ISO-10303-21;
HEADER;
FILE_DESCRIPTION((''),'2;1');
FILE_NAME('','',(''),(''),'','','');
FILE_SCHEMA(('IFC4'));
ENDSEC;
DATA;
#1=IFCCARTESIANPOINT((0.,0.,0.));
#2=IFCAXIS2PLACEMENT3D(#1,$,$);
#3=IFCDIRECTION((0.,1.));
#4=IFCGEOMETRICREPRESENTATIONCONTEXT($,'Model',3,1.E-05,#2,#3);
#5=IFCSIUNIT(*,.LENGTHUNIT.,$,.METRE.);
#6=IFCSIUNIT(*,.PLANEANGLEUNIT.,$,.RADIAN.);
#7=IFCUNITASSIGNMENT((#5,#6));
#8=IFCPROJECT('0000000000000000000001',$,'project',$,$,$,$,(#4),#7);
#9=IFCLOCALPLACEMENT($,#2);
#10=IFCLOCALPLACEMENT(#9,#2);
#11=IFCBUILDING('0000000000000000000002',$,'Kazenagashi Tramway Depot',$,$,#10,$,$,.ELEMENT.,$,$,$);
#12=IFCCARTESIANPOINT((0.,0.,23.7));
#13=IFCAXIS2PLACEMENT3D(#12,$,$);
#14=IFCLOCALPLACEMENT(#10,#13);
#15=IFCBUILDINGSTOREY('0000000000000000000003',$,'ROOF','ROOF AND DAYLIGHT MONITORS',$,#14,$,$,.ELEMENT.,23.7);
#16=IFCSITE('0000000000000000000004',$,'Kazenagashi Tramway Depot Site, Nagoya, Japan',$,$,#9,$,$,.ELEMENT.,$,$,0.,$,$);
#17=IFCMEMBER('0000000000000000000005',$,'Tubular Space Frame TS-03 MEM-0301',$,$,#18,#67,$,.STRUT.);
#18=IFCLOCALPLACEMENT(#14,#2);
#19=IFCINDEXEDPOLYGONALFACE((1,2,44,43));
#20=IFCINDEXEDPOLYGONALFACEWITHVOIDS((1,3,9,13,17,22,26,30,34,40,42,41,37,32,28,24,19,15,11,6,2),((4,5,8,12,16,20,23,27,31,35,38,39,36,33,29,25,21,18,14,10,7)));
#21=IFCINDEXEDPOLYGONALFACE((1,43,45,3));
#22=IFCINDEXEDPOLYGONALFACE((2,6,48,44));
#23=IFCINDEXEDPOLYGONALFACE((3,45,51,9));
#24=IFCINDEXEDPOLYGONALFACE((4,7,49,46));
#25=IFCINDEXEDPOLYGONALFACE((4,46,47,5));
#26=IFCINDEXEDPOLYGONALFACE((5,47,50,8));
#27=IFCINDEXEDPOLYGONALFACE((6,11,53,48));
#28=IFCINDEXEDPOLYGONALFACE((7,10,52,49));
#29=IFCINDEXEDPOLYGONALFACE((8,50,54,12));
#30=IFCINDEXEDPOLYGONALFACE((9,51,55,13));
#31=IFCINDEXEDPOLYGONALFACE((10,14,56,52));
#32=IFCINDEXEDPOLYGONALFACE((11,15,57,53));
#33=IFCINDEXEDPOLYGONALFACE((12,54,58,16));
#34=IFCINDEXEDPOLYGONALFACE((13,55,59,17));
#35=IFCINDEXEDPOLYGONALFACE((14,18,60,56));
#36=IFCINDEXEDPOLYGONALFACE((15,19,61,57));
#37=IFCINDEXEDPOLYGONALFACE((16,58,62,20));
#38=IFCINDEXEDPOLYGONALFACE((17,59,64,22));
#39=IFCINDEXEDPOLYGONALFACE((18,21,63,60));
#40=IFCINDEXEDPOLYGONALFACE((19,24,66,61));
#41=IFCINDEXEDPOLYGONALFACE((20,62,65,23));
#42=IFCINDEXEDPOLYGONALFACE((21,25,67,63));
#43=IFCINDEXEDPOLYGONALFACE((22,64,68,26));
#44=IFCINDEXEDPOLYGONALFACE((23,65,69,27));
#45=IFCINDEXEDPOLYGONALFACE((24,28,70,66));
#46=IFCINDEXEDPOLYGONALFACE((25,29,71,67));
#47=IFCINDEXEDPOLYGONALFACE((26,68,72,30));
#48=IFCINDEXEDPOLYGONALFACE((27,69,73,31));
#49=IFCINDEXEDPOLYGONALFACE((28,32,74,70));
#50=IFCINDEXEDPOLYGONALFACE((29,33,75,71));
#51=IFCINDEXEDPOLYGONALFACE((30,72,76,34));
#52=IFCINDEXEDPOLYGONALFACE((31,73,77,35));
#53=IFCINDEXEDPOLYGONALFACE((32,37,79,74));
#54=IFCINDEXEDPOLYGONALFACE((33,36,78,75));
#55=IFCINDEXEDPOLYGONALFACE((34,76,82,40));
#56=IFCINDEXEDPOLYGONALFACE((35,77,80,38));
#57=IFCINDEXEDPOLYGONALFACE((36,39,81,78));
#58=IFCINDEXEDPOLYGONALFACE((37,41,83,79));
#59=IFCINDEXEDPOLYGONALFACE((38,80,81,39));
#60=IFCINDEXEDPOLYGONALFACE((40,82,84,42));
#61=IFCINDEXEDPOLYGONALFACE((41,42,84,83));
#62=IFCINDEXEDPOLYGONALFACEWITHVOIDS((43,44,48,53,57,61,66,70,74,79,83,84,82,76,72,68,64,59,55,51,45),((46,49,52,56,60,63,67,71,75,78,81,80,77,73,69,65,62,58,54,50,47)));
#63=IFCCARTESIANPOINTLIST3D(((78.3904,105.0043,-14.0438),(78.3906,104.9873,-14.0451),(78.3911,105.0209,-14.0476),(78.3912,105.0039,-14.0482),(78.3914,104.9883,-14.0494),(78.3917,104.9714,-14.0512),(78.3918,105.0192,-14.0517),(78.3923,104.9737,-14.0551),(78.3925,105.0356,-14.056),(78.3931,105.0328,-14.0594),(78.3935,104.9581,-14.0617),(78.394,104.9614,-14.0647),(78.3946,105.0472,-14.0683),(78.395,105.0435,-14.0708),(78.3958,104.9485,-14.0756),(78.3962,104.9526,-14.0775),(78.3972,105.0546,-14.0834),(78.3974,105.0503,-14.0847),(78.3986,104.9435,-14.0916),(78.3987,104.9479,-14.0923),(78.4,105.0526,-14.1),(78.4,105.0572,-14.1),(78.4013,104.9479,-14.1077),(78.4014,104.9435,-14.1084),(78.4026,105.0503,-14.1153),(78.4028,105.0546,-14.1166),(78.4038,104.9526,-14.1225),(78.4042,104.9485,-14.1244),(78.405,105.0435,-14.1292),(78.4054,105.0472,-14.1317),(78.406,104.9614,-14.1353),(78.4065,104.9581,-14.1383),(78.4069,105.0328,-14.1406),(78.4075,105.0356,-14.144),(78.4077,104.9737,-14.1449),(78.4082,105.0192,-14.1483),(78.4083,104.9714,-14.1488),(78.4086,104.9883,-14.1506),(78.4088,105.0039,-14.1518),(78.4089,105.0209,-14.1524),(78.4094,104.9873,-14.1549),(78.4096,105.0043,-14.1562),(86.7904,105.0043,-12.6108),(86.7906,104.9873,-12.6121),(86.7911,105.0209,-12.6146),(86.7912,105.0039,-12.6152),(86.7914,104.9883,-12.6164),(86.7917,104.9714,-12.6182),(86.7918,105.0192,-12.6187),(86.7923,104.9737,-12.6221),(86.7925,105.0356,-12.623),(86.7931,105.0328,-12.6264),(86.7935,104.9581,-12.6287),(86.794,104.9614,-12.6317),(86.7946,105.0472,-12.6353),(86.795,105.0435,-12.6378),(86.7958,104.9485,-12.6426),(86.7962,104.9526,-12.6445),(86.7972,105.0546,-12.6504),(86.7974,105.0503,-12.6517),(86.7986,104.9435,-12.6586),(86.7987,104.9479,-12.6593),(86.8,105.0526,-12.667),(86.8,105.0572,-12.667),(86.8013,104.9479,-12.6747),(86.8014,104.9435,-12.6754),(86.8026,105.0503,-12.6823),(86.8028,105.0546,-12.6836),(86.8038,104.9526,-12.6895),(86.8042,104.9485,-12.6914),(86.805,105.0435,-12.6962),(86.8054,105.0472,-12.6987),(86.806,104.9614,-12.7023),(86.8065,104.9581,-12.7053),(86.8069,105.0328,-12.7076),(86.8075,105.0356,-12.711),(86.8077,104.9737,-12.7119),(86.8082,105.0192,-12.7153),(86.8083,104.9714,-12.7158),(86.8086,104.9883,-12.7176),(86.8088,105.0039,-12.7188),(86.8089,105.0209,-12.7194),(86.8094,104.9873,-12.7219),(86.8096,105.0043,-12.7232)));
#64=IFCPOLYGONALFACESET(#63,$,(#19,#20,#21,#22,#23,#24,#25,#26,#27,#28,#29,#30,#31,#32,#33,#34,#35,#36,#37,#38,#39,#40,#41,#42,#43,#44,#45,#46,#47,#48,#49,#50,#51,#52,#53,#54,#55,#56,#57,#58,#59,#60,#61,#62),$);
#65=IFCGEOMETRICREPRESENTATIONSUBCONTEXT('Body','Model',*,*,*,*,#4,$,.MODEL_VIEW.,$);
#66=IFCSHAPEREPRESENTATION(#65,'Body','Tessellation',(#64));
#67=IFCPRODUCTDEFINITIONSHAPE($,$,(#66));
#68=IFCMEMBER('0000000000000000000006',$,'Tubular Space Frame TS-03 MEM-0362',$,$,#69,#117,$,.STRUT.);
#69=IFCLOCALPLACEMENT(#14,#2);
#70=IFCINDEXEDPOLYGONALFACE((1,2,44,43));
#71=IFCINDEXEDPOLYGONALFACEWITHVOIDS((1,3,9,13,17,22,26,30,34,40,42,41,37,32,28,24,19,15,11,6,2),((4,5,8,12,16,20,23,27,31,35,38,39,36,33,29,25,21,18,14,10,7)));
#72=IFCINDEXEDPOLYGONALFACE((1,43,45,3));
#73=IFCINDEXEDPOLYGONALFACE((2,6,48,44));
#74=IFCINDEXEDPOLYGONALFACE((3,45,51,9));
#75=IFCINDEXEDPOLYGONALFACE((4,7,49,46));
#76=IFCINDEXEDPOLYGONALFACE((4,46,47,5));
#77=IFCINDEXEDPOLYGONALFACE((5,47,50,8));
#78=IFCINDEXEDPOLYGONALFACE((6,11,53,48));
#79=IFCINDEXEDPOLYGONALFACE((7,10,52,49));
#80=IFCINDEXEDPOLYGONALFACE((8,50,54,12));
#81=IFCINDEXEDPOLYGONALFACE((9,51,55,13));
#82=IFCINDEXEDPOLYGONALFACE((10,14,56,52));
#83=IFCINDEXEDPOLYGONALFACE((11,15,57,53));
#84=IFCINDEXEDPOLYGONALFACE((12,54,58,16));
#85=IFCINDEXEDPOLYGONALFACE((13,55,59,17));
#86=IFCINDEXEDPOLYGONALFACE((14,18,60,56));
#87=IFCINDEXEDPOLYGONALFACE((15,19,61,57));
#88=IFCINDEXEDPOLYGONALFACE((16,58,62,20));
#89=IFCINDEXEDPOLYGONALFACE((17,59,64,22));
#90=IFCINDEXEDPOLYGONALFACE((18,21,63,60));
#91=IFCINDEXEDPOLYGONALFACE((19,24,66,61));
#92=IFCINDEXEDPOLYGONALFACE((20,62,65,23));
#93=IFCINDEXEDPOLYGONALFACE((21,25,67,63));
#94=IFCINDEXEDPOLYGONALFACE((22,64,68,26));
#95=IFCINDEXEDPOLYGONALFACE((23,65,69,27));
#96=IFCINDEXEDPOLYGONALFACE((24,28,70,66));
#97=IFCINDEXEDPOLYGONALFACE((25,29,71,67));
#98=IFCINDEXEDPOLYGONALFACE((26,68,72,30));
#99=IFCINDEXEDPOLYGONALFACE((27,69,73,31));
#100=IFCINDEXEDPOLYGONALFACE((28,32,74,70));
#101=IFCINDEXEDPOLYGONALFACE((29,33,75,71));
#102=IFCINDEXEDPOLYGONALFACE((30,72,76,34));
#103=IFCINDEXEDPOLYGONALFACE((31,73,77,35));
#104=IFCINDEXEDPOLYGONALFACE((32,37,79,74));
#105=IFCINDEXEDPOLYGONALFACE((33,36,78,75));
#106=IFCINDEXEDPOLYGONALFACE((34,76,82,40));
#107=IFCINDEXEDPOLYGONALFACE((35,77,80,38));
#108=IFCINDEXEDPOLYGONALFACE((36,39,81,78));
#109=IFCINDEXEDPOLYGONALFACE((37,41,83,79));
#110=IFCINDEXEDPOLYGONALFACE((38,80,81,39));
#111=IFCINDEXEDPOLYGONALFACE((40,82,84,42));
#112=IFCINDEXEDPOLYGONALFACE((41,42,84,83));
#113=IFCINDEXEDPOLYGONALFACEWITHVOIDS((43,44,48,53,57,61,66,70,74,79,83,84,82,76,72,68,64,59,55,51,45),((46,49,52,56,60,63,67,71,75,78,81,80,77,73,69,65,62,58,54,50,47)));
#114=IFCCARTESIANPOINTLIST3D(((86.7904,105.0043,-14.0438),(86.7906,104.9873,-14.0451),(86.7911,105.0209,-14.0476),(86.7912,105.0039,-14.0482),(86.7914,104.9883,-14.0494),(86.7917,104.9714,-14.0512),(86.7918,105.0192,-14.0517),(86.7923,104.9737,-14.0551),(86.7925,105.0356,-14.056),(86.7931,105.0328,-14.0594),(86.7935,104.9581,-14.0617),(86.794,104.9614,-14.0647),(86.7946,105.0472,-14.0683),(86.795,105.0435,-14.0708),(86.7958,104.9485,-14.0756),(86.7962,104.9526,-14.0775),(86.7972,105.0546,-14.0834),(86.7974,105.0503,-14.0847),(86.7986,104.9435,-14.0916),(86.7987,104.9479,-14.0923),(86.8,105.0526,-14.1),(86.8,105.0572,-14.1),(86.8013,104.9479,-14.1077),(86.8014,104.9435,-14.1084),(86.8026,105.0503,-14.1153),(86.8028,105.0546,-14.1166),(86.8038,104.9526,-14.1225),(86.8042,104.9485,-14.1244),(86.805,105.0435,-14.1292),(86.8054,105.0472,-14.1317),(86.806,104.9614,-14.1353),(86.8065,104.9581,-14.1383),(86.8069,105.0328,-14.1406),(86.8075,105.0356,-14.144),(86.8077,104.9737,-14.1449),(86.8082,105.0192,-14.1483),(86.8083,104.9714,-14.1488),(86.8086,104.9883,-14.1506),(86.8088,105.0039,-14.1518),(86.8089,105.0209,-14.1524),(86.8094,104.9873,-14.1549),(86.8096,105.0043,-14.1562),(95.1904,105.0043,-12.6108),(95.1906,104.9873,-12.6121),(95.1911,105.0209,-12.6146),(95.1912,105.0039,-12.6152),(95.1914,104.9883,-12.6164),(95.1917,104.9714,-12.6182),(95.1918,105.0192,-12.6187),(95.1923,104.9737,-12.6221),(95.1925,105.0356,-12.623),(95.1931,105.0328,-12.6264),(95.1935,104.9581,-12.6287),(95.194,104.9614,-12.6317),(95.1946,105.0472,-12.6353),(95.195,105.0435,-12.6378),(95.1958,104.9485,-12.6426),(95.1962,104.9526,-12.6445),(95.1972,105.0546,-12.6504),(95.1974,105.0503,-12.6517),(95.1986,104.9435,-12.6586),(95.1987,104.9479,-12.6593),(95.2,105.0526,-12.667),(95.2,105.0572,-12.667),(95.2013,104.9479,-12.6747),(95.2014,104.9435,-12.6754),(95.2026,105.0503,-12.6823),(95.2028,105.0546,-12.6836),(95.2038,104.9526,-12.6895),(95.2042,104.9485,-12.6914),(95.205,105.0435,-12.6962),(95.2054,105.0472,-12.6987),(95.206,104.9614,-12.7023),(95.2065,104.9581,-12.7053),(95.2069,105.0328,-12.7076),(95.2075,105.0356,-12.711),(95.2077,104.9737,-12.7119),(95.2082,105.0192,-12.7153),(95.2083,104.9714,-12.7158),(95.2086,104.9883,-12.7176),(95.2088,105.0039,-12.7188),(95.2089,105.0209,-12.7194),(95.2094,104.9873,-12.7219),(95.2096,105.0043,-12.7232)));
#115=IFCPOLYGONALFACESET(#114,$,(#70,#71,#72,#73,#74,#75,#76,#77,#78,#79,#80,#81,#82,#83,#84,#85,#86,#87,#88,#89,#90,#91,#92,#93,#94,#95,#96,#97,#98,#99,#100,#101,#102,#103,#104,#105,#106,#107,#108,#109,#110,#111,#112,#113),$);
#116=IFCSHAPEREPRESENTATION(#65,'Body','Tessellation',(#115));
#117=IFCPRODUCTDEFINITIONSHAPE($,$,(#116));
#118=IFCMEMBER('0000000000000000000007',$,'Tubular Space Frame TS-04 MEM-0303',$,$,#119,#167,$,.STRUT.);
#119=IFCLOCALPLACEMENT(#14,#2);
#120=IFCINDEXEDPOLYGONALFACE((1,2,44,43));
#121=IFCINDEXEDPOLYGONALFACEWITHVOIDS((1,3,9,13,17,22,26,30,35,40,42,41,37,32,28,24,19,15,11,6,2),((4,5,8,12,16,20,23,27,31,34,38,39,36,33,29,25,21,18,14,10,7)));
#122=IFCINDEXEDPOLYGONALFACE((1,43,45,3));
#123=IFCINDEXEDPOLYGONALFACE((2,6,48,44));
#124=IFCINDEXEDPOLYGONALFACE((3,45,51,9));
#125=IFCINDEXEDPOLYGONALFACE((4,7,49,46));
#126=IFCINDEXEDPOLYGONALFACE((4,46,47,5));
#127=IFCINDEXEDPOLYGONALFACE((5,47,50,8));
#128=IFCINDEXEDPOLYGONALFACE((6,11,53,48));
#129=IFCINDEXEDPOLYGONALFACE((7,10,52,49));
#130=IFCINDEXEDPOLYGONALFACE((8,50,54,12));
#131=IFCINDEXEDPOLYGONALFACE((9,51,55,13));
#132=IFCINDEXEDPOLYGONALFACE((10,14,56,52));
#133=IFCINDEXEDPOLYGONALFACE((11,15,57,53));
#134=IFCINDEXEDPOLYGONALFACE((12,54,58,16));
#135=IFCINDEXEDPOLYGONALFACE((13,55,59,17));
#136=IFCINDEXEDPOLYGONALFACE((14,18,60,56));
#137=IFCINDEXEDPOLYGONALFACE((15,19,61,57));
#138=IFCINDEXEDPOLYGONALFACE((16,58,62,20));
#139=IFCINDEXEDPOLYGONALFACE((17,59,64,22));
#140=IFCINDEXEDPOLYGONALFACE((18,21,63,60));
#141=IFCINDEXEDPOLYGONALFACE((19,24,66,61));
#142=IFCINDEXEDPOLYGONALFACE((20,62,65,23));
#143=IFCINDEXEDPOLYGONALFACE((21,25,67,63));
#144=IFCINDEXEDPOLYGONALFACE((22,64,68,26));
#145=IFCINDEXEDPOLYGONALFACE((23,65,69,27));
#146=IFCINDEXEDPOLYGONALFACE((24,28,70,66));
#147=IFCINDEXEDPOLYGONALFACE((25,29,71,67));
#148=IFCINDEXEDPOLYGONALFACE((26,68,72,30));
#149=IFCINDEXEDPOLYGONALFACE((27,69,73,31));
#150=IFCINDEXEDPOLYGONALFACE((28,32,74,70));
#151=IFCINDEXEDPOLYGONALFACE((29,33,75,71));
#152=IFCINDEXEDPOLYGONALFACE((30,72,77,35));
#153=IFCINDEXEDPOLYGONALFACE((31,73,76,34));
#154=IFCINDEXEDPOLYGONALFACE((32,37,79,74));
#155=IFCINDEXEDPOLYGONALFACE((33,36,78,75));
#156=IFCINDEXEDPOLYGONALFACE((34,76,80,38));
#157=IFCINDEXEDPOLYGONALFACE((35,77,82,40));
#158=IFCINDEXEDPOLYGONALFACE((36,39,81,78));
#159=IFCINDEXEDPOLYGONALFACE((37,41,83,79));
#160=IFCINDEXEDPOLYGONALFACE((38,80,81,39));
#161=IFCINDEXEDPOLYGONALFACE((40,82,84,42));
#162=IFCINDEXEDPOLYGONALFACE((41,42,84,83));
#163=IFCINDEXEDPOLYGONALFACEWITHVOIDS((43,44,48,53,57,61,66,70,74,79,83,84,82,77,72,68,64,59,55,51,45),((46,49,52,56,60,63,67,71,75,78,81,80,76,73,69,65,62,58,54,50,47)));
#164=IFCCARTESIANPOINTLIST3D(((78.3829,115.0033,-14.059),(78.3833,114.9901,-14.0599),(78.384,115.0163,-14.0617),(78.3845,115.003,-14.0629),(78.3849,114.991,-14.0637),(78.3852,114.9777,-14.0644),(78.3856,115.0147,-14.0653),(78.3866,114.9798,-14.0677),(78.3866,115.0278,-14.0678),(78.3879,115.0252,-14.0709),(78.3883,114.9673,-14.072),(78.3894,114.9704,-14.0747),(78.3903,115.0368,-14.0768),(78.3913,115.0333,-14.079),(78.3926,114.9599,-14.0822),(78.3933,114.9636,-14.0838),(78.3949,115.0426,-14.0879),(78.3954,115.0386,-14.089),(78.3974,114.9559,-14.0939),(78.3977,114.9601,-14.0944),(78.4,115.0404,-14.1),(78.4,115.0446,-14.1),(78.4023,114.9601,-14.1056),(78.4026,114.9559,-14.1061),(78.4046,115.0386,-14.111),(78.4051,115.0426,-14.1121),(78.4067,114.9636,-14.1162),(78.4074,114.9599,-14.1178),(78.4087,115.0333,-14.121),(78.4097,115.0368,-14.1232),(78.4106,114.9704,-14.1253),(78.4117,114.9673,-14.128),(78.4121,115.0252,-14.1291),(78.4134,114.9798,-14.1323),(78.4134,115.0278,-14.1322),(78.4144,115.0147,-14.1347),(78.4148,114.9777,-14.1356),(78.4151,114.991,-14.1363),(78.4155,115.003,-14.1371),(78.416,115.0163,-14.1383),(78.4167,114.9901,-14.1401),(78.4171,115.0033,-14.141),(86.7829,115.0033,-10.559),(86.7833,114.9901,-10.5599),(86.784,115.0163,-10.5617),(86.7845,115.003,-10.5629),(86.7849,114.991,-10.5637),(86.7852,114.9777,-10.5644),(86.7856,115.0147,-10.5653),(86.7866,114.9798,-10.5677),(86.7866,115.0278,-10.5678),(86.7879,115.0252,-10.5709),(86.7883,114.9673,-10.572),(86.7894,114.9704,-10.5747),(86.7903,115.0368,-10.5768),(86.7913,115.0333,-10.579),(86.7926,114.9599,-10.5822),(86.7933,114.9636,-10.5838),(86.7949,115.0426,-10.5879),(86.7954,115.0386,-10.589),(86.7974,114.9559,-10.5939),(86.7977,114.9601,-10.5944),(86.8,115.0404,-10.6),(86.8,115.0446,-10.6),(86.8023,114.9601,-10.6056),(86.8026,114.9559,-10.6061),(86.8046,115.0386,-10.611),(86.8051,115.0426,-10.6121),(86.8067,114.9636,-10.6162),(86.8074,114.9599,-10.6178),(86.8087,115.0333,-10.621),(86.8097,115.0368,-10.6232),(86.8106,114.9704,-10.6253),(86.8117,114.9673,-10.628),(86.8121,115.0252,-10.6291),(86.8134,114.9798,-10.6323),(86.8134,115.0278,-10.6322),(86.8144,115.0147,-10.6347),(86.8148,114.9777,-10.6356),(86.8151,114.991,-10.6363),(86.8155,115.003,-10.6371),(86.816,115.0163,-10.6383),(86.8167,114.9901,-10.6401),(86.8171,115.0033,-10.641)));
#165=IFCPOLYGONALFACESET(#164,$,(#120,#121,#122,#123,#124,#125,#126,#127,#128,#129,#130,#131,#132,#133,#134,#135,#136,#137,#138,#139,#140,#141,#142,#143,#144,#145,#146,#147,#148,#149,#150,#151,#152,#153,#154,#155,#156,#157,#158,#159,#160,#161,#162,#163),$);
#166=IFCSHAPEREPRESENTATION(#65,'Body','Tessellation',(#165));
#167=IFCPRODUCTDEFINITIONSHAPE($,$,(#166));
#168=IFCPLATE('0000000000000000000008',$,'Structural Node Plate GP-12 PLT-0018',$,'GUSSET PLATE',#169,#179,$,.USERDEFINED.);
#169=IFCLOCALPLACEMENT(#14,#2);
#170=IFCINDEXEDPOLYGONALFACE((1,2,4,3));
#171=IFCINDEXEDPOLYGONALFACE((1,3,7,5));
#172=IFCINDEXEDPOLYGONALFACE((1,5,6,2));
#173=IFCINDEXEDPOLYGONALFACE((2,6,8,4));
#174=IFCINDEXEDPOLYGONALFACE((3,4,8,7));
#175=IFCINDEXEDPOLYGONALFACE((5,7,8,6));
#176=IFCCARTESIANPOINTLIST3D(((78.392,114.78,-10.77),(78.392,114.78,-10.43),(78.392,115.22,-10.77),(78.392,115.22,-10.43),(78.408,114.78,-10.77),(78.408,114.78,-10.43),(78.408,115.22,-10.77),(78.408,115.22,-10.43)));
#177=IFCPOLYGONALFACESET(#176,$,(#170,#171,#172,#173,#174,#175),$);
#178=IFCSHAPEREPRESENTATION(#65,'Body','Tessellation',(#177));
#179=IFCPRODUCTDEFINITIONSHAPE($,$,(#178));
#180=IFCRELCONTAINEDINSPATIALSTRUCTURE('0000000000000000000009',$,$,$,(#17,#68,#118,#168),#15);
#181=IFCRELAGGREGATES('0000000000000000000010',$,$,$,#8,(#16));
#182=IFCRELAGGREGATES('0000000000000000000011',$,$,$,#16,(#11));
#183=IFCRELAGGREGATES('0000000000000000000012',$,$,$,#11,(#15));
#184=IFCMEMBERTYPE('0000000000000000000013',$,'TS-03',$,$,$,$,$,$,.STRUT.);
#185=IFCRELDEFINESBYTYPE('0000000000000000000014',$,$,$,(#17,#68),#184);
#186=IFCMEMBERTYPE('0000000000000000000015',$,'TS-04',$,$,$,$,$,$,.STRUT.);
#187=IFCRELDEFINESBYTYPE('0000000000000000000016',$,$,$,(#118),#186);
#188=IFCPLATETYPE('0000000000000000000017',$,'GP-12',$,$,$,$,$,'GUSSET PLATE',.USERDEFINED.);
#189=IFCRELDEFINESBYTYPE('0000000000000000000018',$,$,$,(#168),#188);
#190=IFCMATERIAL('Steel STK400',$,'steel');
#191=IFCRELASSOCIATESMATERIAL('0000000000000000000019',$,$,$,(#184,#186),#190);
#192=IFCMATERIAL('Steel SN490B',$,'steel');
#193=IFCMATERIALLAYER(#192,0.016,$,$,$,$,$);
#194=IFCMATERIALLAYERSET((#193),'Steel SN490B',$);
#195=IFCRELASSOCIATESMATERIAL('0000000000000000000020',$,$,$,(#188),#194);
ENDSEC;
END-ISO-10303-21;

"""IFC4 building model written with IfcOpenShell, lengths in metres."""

from ifc_helpers import new_model, si_unit, direction, frame, origin, origin_2d, place, context, subcontext, project, spatial, rectangle, hollow_circle, extrude, material, layer, layer_set, material_profile, profile_set, type_object, element, save


model = new_model("IFC4")

# Units and contexts
model_context = context("Model", 3, precision=1e-05, world=origin(), true_north=direction((0.0, 1.0)))
body_context = subcontext(model_context, "Body", "Model", "MODEL_VIEW")
ifc_project = project(units=[si_unit("LENGTHUNIT", "METRE"), si_unit("PLANEANGLEUNIT", "RADIAN")], contexts=[model_context])

# Site, building, storey
site_placement = place(None, origin())
site = spatial("IfcSite", under=ifc_project, at=site_placement, Name="Kazenagashi Tramway Depot Site, Nagoya, Japan", CompositionType="ELEMENT", RefElevation=0.0)
building_placement = place(site_placement, origin())
building = spatial("IfcBuilding", under=site, at=building_placement, Name="Kazenagashi Tramway Depot", CompositionType="ELEMENT")
storey_placement = place(building_placement, frame((0.0, 0.0, 23.7)))
storey = spatial("IfcBuildingStorey", under=building, at=storey_placement, Name="ROOF", Description="ROOF AND DAYLIGHT MONITORS", CompositionType="ELEMENT", Elevation=23.7)

# Members
ifc_material_1 = material(Name="Steel STK400", Category="steel")
ifc_material_profile_1 = material_profile(ifc_material_1, hollow_circle(Radius=0.0571, WallThickness=0.0045, at=origin_2d()), Name="CHS-114.3x4.5")
ifc_profile_set_1 = profile_set([ifc_material_profile_1], Name="Steel STK400")
member_type_1 = type_object("IfcMemberType", Name="TS-03", PredefinedType="STRUT", material=ifc_profile_set_1)
for number, where, z_axis, x_axis, name in (
    (1, (78.4, 105.0, -14.1), (0.985759, 0.0, 0.168166), (0.0, 1.0, 0.0), "Tubular Space Frame TS-03 MEM-0301"),
    (2, (86.8, 105.0, -14.1), (0.985759, 0.0, 0.168166), (0.0, 1.0, 0.0), "Tubular Space Frame TS-03 MEM-0362"),
):
    element("IfcMember", number, at=place(storey_placement, frame(where, z_axis=z_axis, x_axis=x_axis)), inside=storey, type_object=member_type_1, Name=name, PredefinedType="STRUT", context=body_context, shape_type="SweptSolid", body=[
        extrude(hollow_circle(Radius=0.0571, WallThickness=0.0045, at=origin_2d()), origin(), (0.0, 0.0, 1.0), 8.5214),
    ])
ifc_material_profile_2 = material_profile(ifc_material_1, hollow_circle(Radius=0.0445, WallThickness=0.0042, at=origin_2d()), Name="CHS-89.1x4.2")
ifc_profile_set_2 = profile_set([ifc_material_profile_2], Name="Steel STK400")
member_type_2 = type_object("IfcMemberType", Name="TS-04", PredefinedType="STRUT", material=ifc_profile_set_2)
member_1_placement = place(storey_placement, frame((78.4, 115.0, -14.1), z_axis=(0.923077, 0.0, 0.384615), x_axis=(0.0, 1.0, 0.0)))
element("IfcMember", 3, at=member_1_placement, inside=storey, type_object=member_type_2, Name="Tubular Space Frame TS-04 MEM-0303", PredefinedType="STRUT", context=body_context, shape_type="SweptSolid", body=[
    extrude(hollow_circle(Radius=0.0445, WallThickness=0.0042, at=origin_2d()), origin(), (0.0, 0.0, 1.0), 9.1),
])

# Plate
ifc_material_2 = material(Name="Steel SN490B", Category="steel")
ifc_layer = layer(ifc_material_2, 0.016)
ifc_layer_set = layer_set([ifc_layer], Name="Steel SN490B")
plate_type = type_object("IfcPlateType", Name="GP-12", ElementType="GUSSET PLATE", PredefinedType="USERDEFINED", material=ifc_layer_set)
plate_placement = place(storey_placement, frame((78.4, 115.0, -10.77), z_axis=(0.0, 0.0, 1.0), x_axis=(0.0, 1.0, 0.0)))
element("IfcPlate", 4, at=plate_placement, inside=storey, type_object=plate_type, Name="Structural Node Plate GP-12 PLT-0018", ObjectType="GUSSET PLATE", PredefinedType="USERDEFINED", context=body_context, shape_type="SweptSolid", body=[
    extrude(rectangle(XDim=0.44, YDim=0.016, at=origin_2d()), origin(), (0.0, 0.0, 1.0), 0.34),
])

save(model, "model.ifc")
